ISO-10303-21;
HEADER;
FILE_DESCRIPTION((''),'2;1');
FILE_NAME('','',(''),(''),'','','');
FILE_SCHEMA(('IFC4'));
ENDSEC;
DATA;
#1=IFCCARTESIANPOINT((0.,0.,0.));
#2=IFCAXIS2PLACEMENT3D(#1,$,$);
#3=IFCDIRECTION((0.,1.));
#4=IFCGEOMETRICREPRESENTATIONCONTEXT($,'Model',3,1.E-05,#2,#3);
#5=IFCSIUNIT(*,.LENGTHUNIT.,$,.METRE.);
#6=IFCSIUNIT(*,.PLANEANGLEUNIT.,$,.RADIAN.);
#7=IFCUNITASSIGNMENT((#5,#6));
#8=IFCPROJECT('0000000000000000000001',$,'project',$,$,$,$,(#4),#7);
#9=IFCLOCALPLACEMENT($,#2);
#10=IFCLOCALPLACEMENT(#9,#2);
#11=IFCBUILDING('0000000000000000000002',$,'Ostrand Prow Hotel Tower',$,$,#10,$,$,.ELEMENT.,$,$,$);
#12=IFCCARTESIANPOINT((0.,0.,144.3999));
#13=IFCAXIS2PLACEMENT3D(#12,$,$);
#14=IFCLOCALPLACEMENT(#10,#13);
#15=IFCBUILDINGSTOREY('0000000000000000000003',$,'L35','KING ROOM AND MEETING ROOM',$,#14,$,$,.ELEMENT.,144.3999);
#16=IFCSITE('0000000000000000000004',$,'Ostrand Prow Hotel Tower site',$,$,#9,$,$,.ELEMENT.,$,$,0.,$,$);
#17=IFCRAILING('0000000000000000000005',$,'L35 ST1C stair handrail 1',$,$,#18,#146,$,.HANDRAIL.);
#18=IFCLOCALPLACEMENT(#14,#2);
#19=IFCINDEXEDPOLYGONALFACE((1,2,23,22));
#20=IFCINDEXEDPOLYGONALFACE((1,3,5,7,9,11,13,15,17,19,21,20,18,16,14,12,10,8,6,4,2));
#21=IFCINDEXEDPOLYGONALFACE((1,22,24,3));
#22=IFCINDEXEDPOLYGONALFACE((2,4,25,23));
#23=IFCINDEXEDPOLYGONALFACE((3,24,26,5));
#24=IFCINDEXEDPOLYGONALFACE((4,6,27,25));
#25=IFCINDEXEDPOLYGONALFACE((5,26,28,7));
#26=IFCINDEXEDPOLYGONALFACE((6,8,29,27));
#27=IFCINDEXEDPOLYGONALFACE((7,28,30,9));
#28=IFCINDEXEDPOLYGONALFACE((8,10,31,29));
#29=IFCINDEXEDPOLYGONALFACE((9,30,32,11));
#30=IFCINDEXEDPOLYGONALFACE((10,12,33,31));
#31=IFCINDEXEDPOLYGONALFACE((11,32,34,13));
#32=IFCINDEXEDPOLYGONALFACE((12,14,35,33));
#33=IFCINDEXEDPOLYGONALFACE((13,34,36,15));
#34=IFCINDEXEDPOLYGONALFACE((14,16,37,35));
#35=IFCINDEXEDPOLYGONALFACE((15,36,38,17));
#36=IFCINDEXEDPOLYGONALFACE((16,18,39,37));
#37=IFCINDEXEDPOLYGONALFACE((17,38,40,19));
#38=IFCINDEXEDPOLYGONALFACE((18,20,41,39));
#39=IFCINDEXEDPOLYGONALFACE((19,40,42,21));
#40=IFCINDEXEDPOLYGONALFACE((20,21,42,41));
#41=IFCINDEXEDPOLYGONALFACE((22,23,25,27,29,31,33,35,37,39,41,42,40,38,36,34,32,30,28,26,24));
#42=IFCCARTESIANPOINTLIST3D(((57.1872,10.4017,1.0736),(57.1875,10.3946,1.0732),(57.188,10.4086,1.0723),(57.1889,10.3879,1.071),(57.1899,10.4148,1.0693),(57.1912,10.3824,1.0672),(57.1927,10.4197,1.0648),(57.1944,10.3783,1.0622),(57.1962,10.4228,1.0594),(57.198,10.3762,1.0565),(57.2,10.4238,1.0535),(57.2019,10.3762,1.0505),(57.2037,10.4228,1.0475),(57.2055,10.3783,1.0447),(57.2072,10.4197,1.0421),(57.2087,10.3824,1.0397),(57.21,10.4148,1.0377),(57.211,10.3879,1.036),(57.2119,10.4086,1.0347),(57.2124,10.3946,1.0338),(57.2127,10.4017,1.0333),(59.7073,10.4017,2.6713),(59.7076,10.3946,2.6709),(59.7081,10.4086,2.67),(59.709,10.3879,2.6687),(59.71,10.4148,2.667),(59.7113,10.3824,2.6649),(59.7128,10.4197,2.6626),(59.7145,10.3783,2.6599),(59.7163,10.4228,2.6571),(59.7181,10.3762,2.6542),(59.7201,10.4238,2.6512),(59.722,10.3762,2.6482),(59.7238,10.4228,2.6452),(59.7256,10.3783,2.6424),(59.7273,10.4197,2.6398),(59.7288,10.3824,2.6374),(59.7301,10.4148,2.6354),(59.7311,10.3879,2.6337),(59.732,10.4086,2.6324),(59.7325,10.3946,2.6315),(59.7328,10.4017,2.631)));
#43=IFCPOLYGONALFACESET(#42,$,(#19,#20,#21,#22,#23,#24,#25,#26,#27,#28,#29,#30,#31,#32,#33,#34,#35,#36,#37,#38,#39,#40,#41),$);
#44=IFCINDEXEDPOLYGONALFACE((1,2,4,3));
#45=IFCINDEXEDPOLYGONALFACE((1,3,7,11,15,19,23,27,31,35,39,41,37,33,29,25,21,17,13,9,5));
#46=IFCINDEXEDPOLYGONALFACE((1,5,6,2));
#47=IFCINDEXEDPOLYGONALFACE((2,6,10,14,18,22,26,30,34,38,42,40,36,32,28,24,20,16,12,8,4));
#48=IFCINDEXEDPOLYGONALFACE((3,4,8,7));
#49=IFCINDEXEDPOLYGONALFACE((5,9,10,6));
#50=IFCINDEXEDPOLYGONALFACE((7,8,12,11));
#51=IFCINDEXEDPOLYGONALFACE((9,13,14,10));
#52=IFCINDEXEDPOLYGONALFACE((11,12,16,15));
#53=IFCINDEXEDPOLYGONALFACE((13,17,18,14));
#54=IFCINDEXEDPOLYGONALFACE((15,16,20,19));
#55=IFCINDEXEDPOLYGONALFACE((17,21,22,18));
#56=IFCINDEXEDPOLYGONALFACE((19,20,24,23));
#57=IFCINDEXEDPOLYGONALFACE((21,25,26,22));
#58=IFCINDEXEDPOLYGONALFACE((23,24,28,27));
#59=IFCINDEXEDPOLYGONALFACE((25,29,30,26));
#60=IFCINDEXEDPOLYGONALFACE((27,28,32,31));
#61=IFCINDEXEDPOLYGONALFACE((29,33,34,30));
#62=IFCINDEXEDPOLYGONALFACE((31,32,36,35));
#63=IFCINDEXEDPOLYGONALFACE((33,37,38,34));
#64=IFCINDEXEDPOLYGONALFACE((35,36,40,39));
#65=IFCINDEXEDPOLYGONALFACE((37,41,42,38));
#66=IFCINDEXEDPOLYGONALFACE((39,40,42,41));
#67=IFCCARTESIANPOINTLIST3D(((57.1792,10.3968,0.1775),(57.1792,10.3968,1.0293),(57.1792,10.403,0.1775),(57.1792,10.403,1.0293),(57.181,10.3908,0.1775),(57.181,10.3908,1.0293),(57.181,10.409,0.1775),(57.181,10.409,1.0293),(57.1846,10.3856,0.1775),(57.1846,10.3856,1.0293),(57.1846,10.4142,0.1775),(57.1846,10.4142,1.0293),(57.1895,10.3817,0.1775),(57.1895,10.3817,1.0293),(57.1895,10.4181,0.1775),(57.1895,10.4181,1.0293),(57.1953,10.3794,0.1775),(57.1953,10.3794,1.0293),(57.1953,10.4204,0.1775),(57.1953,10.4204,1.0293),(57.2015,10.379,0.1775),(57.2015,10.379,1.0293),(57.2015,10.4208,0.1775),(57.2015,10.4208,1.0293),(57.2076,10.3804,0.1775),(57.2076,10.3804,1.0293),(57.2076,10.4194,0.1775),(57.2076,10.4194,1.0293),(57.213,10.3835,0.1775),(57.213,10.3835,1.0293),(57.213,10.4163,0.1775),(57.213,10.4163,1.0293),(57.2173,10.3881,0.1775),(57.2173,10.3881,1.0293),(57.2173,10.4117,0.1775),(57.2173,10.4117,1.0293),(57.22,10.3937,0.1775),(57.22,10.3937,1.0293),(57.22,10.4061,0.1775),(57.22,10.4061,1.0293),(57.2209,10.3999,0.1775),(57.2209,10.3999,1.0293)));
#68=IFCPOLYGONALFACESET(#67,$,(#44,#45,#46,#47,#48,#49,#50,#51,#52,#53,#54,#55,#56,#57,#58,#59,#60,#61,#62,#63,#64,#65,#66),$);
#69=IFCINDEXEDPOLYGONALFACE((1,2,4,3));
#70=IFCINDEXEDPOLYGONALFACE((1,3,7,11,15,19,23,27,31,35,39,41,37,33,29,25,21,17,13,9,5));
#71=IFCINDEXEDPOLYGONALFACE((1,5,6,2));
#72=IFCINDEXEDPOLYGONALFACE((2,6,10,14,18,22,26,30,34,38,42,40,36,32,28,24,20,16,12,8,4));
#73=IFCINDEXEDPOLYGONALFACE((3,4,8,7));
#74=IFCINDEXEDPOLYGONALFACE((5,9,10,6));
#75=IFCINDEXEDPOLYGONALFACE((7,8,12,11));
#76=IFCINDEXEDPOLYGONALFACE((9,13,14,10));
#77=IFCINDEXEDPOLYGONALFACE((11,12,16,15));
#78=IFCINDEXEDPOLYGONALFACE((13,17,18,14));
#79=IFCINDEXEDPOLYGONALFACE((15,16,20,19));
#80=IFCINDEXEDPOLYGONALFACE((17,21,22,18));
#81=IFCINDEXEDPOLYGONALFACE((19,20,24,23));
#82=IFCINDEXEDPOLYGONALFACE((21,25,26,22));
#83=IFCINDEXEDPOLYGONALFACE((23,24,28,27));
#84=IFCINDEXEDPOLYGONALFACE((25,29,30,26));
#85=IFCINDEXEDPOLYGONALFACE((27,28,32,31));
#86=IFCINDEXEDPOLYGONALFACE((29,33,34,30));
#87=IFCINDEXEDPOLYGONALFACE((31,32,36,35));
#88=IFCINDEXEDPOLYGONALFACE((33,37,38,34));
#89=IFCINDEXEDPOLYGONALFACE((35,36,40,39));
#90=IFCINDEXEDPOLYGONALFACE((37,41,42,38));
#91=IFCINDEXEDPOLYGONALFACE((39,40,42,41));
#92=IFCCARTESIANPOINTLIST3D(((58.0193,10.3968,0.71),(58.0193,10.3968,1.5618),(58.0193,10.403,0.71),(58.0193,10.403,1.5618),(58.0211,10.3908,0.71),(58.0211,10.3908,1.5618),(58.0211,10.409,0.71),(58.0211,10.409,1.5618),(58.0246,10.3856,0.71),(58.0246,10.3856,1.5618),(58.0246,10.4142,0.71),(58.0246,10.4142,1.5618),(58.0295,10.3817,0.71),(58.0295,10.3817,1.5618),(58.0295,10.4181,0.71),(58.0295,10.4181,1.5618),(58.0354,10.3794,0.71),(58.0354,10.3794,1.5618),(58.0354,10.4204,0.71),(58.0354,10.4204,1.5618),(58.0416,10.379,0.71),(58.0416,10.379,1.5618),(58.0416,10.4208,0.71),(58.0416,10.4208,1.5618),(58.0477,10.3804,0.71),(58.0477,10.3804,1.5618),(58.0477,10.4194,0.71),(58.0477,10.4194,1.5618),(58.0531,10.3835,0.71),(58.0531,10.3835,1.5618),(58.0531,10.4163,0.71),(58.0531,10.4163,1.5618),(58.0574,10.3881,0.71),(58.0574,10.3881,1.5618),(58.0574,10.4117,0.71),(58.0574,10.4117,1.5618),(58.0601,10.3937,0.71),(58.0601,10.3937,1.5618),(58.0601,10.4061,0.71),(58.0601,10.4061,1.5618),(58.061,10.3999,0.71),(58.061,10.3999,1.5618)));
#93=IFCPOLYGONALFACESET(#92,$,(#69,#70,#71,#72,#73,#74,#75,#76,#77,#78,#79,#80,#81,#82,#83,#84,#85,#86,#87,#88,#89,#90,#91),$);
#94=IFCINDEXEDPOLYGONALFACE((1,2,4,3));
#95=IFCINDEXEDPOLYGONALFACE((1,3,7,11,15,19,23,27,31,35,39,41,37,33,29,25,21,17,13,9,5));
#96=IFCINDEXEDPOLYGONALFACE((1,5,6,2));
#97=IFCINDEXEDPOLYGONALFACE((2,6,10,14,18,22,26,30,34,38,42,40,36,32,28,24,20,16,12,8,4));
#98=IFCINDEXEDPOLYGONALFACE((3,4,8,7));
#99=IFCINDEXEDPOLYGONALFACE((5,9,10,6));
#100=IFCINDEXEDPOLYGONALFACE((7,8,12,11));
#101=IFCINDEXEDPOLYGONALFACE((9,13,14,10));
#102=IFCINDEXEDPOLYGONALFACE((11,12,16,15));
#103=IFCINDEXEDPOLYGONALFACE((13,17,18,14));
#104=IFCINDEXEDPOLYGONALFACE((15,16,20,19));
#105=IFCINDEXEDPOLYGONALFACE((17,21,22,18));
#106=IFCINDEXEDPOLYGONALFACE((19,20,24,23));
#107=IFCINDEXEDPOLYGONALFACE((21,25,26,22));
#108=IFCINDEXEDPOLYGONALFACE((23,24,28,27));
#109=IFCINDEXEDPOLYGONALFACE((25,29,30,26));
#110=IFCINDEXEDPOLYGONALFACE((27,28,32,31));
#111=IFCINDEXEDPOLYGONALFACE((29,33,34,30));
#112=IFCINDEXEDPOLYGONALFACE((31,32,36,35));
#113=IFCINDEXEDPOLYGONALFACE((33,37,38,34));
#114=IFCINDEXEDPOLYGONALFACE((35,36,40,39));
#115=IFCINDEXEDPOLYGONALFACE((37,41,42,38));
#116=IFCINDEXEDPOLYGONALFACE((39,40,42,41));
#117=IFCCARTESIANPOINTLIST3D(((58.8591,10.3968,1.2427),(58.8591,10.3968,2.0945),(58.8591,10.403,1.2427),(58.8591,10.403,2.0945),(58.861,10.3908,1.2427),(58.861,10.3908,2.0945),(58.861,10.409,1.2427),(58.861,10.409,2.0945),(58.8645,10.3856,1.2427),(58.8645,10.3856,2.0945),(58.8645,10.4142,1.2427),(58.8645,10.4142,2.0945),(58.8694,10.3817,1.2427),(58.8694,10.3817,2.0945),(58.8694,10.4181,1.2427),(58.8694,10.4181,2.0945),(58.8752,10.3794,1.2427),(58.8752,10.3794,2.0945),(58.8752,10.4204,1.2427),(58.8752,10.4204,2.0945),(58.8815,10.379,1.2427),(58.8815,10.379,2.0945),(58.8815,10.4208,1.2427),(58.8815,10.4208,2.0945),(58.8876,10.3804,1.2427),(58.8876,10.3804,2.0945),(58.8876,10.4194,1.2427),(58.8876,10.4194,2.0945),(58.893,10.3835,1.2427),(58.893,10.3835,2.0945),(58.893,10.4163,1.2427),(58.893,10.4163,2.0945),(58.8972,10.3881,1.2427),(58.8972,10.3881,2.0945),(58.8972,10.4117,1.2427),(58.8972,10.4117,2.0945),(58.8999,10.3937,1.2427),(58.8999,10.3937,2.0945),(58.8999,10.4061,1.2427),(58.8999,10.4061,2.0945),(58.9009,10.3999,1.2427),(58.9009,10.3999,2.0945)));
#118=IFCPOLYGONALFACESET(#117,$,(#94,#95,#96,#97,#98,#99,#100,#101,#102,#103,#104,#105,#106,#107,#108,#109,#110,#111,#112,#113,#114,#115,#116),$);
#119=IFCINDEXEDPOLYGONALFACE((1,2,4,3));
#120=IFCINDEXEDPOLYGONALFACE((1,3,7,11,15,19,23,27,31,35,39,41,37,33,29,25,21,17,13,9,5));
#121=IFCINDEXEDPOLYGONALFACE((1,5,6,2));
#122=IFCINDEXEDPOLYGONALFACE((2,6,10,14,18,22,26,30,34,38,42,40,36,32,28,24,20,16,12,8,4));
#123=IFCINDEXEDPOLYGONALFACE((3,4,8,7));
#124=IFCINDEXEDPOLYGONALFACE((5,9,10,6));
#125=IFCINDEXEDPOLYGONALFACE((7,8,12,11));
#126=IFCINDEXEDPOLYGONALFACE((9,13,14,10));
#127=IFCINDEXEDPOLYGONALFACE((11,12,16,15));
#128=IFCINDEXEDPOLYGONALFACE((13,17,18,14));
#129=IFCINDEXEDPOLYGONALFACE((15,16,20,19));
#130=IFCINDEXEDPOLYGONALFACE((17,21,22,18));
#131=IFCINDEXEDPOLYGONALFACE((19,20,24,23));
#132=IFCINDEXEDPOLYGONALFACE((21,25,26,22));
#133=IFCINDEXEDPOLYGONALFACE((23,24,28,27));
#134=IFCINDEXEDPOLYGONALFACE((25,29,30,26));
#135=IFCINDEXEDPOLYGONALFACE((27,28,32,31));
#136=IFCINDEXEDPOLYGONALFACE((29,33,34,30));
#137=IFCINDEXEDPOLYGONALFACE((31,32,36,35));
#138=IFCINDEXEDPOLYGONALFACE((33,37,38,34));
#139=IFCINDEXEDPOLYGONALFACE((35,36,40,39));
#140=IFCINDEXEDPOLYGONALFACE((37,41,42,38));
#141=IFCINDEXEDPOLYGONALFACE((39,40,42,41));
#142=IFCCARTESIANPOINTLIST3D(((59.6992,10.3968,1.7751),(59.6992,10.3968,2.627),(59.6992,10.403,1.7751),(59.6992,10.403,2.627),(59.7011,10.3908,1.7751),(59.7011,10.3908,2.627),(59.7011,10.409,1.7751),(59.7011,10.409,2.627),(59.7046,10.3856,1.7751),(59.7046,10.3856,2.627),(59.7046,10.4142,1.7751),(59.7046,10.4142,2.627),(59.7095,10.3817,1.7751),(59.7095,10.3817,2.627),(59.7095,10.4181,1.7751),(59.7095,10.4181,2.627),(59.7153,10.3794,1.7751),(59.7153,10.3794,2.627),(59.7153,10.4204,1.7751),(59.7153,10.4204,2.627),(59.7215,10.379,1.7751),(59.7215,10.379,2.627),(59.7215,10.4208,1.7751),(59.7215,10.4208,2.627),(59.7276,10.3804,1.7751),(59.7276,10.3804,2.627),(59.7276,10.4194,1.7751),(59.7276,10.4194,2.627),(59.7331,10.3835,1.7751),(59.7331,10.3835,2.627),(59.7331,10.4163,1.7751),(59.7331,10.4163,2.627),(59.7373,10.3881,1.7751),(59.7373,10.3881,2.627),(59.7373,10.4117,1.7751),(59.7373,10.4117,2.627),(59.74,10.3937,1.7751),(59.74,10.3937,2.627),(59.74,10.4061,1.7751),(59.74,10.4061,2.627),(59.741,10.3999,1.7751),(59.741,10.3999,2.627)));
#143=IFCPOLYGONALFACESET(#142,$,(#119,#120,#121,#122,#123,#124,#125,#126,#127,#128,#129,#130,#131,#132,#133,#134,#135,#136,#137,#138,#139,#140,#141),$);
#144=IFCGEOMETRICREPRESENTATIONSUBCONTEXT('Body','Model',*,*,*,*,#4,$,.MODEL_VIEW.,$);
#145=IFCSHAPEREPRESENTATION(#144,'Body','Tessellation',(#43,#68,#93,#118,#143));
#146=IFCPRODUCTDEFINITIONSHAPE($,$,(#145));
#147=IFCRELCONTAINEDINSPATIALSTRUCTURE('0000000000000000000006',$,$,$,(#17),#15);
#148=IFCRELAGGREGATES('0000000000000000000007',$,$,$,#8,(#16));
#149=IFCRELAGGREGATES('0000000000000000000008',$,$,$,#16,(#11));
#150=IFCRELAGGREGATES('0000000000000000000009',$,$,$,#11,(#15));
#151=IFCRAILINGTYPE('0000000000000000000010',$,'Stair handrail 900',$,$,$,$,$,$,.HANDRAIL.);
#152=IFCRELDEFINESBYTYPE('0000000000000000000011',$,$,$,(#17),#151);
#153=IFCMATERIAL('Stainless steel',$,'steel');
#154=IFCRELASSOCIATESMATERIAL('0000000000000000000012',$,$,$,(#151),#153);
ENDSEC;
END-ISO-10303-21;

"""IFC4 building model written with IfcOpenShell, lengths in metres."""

from ifc_helpers import new_model, si_unit, direction, frame, origin, origin_2d, place, context, subcontext, project, spatial, circle, extrude, material, type_object, element, save


model = new_model("IFC4")

# Units and contexts
model_context = context("Model", 3, precision=1e-05, world=origin(), true_north=direction((0.0, 1.0)))
body_context = subcontext(model_context, "Body", "Model", "MODEL_VIEW")
ifc_project = project(units=[si_unit("LENGTHUNIT", "METRE"), si_unit("PLANEANGLEUNIT", "RADIAN")], contexts=[model_context])

# Site, building, storey
site_placement = place(None, origin())
site = spatial("IfcSite", under=ifc_project, at=site_placement, Name="Ostrand Prow Hotel Tower site", CompositionType="ELEMENT", RefElevation=0.0)
building_placement = place(site_placement, origin())
building = spatial("IfcBuilding", under=site, at=building_placement, Name="Ostrand Prow Hotel Tower", CompositionType="ELEMENT")
storey_placement = place(building_placement, frame((0.0, 0.0, 144.3999)))
storey = spatial("IfcBuildingStorey", under=building, at=storey_placement, Name="L35", Description="KING ROOM AND MEETING ROOM", CompositionType="ELEMENT", Elevation=144.3999)

# Railing
ifc_material_1 = material(Name="Stainless steel", Category="steel")
railing_type_1 = type_object("IfcRailingType", Name="Stair handrail 900", PredefinedType="HANDRAIL", material=ifc_material_1)
railing_1_placement = place(storey_placement, frame((57.2, 10.3999, 0.1775)))
element("IfcRailing", 1, at=railing_1_placement, inside=storey, type_object=railing_type_1, Name="L35 ST1C stair handrail 1", PredefinedType="HANDRAIL", context=body_context, shape_type="SweptSolid", body=[
    extrude(circle(Radius=0.0239, at=origin_2d()), frame((0.0, 0.0, 0.876), z_axis=(0.84457, 0.0, 0.535445), x_axis=(0.0, 1.0, 0.0)), (0.0, 0.0, 1.0), 2.9839),
    extrude(circle(Radius=0.021, at=origin_2d()), origin(), (0.0, 0.0, 1.0), 0.8518),
    extrude(circle(Radius=0.021, at=origin_2d()), frame((0.8401, 0.0, 0.5325)), (0.0, 0.0, 1.0), 0.8518),
    extrude(circle(Radius=0.021, at=origin_2d()), frame((1.6799, 0.0, 1.0652)), (0.0, 0.0, 1.0), 0.8518),
    extrude(circle(Radius=0.021, at=origin_2d()), frame((2.52, 0.0, 1.5977)), (0.0, 0.0, 1.0), 0.8518),
])

save(model, "model.ifc")
